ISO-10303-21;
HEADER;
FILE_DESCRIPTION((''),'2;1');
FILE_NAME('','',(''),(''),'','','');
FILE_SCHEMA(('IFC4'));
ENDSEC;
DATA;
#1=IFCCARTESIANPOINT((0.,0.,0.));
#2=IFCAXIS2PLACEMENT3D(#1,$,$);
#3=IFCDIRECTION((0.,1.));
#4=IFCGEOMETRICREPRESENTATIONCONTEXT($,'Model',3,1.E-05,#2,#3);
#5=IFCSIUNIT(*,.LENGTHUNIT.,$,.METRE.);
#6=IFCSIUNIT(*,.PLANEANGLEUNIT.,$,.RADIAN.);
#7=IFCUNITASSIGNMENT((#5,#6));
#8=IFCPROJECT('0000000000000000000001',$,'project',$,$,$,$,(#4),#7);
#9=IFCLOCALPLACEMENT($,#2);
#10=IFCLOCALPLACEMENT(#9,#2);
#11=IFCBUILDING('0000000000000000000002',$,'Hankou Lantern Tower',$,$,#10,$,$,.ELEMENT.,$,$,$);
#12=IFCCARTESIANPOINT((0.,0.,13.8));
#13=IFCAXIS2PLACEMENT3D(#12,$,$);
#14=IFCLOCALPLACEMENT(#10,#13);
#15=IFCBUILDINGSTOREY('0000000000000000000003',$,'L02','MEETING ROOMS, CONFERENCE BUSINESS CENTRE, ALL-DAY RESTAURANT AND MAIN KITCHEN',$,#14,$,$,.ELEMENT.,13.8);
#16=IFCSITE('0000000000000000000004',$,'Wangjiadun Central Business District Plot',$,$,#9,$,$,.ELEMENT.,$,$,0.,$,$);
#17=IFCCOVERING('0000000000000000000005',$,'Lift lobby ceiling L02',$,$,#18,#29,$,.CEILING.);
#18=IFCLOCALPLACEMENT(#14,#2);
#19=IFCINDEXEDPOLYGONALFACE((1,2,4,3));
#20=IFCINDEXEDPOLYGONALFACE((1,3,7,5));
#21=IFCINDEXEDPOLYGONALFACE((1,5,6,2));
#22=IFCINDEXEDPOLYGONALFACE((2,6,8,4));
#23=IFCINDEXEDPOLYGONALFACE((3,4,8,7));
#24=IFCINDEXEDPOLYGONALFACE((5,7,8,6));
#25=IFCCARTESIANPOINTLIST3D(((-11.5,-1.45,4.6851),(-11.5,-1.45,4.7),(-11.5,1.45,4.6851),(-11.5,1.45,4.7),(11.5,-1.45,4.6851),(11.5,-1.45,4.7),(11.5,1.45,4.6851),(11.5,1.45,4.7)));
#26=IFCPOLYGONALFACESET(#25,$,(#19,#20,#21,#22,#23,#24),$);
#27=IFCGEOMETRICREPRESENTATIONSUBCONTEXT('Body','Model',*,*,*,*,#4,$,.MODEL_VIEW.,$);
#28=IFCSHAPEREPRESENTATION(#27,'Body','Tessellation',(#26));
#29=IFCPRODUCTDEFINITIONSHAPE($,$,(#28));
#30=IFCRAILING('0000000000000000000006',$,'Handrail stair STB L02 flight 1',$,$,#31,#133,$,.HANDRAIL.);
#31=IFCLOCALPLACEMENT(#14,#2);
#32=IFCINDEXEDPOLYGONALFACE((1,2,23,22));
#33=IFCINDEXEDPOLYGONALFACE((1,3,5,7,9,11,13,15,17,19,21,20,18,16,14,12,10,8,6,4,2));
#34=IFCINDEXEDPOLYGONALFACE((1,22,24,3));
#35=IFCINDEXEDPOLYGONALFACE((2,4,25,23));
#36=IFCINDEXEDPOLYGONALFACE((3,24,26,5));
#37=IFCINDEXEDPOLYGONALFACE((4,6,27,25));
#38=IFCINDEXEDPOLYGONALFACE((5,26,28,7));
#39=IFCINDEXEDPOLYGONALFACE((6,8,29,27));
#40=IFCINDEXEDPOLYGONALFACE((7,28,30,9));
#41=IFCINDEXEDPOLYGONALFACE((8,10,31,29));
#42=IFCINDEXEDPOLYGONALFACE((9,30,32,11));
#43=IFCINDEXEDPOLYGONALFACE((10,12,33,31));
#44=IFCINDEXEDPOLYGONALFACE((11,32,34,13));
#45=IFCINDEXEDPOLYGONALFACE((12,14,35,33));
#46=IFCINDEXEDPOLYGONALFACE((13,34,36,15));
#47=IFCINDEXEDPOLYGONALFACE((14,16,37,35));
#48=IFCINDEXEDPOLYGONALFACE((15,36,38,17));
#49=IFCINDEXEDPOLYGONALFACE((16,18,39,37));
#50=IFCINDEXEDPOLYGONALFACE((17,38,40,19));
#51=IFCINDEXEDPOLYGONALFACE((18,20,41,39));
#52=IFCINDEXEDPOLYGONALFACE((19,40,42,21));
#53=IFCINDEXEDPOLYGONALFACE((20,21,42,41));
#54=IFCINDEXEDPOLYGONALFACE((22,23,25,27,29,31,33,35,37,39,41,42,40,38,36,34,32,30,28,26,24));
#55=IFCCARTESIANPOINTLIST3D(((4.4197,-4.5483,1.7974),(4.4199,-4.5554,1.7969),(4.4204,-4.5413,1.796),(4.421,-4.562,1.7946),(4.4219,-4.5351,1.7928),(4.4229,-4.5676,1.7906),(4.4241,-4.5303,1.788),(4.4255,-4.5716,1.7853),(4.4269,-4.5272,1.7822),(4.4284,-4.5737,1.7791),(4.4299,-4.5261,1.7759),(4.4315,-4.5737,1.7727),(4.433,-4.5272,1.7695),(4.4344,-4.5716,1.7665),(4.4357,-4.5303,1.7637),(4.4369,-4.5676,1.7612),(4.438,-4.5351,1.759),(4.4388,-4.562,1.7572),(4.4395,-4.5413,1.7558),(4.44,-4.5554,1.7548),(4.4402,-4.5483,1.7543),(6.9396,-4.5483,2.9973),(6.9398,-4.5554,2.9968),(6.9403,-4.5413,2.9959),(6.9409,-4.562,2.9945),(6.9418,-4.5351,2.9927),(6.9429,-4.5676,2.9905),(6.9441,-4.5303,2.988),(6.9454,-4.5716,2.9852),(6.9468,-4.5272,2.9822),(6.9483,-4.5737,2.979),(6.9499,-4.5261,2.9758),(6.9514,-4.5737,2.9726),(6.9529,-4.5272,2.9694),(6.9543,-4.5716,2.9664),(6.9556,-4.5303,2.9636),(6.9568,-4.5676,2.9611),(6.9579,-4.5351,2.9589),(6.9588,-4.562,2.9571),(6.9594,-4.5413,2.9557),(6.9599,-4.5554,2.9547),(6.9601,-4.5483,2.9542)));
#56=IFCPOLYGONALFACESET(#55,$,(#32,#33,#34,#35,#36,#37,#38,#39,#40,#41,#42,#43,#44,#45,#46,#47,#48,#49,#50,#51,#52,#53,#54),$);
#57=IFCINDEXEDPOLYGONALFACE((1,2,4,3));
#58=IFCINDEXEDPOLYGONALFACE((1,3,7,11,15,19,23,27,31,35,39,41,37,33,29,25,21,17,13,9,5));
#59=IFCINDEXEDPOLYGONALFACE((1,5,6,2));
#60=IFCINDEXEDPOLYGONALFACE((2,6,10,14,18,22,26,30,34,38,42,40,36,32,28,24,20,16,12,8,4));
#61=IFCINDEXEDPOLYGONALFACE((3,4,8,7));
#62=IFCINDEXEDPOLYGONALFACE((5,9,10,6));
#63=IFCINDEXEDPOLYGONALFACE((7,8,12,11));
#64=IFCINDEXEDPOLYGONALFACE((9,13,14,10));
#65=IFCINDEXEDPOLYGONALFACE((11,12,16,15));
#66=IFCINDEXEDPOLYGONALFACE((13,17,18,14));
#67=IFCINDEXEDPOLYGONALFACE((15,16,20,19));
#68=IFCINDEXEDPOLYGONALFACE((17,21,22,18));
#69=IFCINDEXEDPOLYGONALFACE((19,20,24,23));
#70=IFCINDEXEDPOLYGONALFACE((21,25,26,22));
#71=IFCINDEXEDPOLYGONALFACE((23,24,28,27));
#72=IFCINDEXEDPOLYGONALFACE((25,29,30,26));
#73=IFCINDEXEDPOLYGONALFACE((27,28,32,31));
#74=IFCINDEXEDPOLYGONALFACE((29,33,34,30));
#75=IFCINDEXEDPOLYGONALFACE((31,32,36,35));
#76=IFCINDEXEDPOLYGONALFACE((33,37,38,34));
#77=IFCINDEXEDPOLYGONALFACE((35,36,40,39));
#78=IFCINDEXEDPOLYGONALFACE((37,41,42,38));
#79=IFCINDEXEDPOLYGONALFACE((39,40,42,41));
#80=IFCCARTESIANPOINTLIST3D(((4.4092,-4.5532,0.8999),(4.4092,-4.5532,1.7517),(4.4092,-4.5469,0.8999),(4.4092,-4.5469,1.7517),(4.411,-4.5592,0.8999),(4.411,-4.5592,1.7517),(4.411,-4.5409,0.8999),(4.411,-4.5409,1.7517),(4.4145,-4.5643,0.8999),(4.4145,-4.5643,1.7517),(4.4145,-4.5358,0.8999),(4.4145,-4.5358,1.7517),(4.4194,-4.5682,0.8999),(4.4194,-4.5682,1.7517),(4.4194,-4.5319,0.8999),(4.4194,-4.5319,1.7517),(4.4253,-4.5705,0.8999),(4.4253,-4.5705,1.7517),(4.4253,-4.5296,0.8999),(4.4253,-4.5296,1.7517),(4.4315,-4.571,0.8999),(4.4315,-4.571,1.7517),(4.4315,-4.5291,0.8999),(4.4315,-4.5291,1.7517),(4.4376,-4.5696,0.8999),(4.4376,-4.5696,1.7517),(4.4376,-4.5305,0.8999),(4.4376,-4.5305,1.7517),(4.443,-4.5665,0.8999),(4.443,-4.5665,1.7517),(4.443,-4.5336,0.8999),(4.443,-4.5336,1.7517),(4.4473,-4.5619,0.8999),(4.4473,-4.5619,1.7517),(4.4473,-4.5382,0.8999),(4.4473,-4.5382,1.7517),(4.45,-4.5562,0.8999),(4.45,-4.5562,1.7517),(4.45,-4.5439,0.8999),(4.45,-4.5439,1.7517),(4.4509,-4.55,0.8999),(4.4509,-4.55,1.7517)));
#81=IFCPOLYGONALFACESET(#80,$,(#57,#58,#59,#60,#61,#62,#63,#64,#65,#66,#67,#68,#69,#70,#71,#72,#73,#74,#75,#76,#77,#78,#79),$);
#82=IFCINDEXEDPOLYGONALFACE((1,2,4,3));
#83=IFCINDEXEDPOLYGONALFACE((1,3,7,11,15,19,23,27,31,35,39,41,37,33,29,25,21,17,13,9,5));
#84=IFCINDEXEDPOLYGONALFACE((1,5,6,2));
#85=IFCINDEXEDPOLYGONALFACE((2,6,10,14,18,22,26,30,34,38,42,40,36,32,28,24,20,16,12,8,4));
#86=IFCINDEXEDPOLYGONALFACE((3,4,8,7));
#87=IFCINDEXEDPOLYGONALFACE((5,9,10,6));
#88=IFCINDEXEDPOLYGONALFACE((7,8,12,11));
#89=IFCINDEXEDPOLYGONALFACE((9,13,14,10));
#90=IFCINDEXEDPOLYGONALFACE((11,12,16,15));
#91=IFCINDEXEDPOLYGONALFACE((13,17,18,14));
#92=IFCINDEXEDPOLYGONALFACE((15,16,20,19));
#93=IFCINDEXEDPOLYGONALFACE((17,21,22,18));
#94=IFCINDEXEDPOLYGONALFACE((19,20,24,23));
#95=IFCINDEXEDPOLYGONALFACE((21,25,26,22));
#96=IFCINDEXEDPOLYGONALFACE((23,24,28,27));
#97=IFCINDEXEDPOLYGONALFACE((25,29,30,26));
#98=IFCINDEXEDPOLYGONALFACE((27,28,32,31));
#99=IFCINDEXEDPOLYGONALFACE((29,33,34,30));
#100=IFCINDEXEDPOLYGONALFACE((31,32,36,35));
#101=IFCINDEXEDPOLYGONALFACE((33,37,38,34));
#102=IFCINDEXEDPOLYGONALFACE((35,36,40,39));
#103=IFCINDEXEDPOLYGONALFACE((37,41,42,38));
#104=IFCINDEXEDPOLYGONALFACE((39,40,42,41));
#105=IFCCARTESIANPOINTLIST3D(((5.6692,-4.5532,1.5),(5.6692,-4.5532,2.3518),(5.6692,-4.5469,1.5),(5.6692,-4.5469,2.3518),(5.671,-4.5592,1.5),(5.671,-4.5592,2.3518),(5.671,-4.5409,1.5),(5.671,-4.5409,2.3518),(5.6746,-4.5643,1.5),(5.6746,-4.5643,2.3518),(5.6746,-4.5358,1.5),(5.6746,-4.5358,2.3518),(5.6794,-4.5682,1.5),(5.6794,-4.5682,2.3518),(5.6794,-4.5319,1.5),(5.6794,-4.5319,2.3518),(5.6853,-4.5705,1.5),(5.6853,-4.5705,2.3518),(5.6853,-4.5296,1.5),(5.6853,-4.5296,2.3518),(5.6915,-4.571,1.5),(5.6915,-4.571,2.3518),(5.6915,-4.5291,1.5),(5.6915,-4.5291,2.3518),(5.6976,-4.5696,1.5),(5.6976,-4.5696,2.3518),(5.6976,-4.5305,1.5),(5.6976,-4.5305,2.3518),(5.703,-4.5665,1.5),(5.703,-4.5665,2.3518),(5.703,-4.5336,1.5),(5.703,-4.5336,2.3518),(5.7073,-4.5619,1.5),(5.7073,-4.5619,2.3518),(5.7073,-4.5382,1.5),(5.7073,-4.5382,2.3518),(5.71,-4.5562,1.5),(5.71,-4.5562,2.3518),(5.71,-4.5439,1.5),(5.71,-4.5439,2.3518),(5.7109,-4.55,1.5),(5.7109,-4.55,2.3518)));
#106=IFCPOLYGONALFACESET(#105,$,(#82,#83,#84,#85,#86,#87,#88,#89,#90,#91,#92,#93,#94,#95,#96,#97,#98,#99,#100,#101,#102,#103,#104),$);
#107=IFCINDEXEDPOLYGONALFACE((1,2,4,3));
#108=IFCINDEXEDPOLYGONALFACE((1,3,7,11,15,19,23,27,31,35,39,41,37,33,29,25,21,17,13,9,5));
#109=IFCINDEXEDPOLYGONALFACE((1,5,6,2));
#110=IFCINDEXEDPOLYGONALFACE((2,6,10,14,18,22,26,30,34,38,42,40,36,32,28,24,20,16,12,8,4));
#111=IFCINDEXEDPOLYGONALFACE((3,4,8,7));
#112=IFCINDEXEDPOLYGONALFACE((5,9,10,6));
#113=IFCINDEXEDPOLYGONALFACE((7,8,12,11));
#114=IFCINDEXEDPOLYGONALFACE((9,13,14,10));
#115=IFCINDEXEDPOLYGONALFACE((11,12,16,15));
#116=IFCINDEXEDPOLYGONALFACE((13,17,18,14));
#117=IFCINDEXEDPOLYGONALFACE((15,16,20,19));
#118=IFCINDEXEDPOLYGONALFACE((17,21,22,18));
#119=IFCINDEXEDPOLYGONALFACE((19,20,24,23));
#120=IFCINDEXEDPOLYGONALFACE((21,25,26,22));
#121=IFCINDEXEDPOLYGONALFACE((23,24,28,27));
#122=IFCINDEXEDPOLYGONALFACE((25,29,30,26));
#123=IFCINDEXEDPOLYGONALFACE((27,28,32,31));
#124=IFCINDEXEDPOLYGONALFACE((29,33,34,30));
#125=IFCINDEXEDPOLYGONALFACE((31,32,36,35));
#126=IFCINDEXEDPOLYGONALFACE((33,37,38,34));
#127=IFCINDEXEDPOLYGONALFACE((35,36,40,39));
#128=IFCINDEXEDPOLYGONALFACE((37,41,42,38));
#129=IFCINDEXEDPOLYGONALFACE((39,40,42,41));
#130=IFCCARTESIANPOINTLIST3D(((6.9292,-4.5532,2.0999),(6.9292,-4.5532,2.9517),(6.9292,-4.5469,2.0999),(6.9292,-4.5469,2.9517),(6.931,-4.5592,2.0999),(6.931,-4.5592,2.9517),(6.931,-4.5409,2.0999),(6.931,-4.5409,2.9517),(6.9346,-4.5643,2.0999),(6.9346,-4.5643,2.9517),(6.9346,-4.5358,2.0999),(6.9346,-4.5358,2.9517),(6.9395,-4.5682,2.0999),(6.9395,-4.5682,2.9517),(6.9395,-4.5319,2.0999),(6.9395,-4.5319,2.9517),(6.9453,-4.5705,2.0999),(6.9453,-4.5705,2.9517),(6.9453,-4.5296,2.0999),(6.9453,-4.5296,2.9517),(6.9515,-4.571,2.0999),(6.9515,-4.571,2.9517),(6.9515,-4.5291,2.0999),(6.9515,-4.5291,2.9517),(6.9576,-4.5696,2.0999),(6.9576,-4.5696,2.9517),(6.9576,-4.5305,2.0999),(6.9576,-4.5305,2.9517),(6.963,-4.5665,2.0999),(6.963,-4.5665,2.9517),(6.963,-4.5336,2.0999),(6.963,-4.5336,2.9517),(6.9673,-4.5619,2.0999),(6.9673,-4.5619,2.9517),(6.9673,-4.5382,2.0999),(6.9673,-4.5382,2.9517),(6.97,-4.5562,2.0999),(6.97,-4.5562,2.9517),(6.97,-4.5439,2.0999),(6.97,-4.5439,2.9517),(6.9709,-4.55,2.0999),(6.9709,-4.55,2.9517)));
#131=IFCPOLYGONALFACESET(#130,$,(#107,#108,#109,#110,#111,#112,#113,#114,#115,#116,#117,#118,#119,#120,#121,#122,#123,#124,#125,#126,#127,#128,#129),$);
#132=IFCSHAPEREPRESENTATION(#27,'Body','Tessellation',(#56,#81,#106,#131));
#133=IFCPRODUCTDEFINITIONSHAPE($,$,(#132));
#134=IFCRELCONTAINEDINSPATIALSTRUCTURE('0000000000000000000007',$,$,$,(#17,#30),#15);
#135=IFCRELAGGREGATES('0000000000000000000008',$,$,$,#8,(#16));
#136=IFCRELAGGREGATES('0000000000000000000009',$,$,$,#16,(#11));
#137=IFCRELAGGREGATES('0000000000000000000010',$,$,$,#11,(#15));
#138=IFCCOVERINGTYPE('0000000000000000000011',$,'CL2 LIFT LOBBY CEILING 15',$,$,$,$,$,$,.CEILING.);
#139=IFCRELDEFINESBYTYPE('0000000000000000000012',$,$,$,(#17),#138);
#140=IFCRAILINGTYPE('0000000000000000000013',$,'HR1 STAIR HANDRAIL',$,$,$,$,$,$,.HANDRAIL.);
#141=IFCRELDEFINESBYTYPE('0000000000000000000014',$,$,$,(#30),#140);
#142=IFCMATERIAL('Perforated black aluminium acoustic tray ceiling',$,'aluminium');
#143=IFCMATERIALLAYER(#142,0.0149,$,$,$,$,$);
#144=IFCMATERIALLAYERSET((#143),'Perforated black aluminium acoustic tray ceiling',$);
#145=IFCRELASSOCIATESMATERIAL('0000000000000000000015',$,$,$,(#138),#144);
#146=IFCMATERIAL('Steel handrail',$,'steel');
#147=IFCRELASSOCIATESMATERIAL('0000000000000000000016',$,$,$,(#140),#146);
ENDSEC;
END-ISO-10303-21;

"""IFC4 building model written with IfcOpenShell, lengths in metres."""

from ifc_helpers import new_model, si_unit, direction, frame, origin, origin_2d, place, context, subcontext, project, spatial, polyline, circle, outline, extrude, material, layer, layer_set, type_object, element, save


model = new_model("IFC4")

# Units and contexts
model_context = context("Model", 3, precision=1e-05, world=origin(), true_north=direction((0.0, 1.0)))
body_context = subcontext(model_context, "Body", "Model", "MODEL_VIEW")
ifc_project = project(units=[si_unit("LENGTHUNIT", "METRE"), si_unit("PLANEANGLEUNIT", "RADIAN")], contexts=[model_context])

# Site, building, storey
site_placement = place(None, origin())
site = spatial("IfcSite", under=ifc_project, at=site_placement, Name="Wangjiadun Central Business District Plot", CompositionType="ELEMENT", RefElevation=0.0)
building_placement = place(site_placement, origin())
building = spatial("IfcBuilding", under=site, at=building_placement, Name="Hankou Lantern Tower", CompositionType="ELEMENT")
storey_placement = place(building_placement, frame((0.0, 0.0, 13.8)))
storey = spatial("IfcBuildingStorey", under=building, at=storey_placement, Name="L02", Description="MEETING ROOMS, CONFERENCE BUSINESS CENTRE, ALL-DAY RESTAURANT AND MAIN KITCHEN", CompositionType="ELEMENT", Elevation=13.8)

# Covering
ifc_material_1 = material(Name="Perforated black aluminium acoustic tray ceiling", Category="aluminium")
ifc_layer_1 = layer(ifc_material_1, 0.0149)
ifc_layer_set_1 = layer_set([ifc_layer_1], Name="Perforated black aluminium acoustic tray ceiling")
covering_type_1 = type_object("IfcCoveringType", Name="CL2 LIFT LOBBY CEILING 15", PredefinedType="CEILING", material=ifc_layer_set_1)
covering_1_placement = place(storey_placement, frame((0.0, 0.0, 4.6851)))
element("IfcCovering", 1, at=covering_1_placement, inside=storey, type_object=covering_type_1, Name="Lift lobby ceiling L02", PredefinedType="CEILING", context=body_context, shape_type="SweptSolid", body=[
    extrude(outline(polyline([(-11.5, -1.45), (11.5, -1.45), (11.5, 1.45), (-11.5, 1.45), (-11.5, -1.45)])), origin(), (0.0, 0.0, 1.0), 0.0149),
])

# Railing
ifc_material_2 = material(Name="Steel handrail", Category="steel")
railing_type = type_object("IfcRailingType", Name="HR1 STAIR HANDRAIL", PredefinedType="HANDRAIL", material=ifc_material_2)
railing_1_placement = place(storey_placement, frame((4.4299, -4.55, 0.8999)))
element("IfcRailing", 2, at=railing_1_placement, inside=storey, type_object=railing_type, Name="Handrail stair STB L02 flight 1", PredefinedType="HANDRAIL", context=body_context, shape_type="SweptSolid", body=[
    extrude(circle(Radius=0.0239, at=origin_2d()), frame((0.0, 0.0, 0.876), z_axis=(0.902869, 0.0, 0.429917), x_axis=(0.0, 1.0, 0.0)), (0.0, 0.0, 1.0), 2.791),
    extrude(circle(Radius=0.021, at=origin_2d()), origin(), (0.0, 0.0, 1.0), 0.8518),
    extrude(circle(Radius=0.021, at=origin_2d()), frame((1.26, 0.0, 0.6001)), (0.0, 0.0, 1.0), 0.8518),
    extrude(circle(Radius=0.021, at=origin_2d()), frame((2.52, 0.0, 1.2)), (0.0, 0.0, 1.0), 0.8518),
])

save(model, "model.ifc")
